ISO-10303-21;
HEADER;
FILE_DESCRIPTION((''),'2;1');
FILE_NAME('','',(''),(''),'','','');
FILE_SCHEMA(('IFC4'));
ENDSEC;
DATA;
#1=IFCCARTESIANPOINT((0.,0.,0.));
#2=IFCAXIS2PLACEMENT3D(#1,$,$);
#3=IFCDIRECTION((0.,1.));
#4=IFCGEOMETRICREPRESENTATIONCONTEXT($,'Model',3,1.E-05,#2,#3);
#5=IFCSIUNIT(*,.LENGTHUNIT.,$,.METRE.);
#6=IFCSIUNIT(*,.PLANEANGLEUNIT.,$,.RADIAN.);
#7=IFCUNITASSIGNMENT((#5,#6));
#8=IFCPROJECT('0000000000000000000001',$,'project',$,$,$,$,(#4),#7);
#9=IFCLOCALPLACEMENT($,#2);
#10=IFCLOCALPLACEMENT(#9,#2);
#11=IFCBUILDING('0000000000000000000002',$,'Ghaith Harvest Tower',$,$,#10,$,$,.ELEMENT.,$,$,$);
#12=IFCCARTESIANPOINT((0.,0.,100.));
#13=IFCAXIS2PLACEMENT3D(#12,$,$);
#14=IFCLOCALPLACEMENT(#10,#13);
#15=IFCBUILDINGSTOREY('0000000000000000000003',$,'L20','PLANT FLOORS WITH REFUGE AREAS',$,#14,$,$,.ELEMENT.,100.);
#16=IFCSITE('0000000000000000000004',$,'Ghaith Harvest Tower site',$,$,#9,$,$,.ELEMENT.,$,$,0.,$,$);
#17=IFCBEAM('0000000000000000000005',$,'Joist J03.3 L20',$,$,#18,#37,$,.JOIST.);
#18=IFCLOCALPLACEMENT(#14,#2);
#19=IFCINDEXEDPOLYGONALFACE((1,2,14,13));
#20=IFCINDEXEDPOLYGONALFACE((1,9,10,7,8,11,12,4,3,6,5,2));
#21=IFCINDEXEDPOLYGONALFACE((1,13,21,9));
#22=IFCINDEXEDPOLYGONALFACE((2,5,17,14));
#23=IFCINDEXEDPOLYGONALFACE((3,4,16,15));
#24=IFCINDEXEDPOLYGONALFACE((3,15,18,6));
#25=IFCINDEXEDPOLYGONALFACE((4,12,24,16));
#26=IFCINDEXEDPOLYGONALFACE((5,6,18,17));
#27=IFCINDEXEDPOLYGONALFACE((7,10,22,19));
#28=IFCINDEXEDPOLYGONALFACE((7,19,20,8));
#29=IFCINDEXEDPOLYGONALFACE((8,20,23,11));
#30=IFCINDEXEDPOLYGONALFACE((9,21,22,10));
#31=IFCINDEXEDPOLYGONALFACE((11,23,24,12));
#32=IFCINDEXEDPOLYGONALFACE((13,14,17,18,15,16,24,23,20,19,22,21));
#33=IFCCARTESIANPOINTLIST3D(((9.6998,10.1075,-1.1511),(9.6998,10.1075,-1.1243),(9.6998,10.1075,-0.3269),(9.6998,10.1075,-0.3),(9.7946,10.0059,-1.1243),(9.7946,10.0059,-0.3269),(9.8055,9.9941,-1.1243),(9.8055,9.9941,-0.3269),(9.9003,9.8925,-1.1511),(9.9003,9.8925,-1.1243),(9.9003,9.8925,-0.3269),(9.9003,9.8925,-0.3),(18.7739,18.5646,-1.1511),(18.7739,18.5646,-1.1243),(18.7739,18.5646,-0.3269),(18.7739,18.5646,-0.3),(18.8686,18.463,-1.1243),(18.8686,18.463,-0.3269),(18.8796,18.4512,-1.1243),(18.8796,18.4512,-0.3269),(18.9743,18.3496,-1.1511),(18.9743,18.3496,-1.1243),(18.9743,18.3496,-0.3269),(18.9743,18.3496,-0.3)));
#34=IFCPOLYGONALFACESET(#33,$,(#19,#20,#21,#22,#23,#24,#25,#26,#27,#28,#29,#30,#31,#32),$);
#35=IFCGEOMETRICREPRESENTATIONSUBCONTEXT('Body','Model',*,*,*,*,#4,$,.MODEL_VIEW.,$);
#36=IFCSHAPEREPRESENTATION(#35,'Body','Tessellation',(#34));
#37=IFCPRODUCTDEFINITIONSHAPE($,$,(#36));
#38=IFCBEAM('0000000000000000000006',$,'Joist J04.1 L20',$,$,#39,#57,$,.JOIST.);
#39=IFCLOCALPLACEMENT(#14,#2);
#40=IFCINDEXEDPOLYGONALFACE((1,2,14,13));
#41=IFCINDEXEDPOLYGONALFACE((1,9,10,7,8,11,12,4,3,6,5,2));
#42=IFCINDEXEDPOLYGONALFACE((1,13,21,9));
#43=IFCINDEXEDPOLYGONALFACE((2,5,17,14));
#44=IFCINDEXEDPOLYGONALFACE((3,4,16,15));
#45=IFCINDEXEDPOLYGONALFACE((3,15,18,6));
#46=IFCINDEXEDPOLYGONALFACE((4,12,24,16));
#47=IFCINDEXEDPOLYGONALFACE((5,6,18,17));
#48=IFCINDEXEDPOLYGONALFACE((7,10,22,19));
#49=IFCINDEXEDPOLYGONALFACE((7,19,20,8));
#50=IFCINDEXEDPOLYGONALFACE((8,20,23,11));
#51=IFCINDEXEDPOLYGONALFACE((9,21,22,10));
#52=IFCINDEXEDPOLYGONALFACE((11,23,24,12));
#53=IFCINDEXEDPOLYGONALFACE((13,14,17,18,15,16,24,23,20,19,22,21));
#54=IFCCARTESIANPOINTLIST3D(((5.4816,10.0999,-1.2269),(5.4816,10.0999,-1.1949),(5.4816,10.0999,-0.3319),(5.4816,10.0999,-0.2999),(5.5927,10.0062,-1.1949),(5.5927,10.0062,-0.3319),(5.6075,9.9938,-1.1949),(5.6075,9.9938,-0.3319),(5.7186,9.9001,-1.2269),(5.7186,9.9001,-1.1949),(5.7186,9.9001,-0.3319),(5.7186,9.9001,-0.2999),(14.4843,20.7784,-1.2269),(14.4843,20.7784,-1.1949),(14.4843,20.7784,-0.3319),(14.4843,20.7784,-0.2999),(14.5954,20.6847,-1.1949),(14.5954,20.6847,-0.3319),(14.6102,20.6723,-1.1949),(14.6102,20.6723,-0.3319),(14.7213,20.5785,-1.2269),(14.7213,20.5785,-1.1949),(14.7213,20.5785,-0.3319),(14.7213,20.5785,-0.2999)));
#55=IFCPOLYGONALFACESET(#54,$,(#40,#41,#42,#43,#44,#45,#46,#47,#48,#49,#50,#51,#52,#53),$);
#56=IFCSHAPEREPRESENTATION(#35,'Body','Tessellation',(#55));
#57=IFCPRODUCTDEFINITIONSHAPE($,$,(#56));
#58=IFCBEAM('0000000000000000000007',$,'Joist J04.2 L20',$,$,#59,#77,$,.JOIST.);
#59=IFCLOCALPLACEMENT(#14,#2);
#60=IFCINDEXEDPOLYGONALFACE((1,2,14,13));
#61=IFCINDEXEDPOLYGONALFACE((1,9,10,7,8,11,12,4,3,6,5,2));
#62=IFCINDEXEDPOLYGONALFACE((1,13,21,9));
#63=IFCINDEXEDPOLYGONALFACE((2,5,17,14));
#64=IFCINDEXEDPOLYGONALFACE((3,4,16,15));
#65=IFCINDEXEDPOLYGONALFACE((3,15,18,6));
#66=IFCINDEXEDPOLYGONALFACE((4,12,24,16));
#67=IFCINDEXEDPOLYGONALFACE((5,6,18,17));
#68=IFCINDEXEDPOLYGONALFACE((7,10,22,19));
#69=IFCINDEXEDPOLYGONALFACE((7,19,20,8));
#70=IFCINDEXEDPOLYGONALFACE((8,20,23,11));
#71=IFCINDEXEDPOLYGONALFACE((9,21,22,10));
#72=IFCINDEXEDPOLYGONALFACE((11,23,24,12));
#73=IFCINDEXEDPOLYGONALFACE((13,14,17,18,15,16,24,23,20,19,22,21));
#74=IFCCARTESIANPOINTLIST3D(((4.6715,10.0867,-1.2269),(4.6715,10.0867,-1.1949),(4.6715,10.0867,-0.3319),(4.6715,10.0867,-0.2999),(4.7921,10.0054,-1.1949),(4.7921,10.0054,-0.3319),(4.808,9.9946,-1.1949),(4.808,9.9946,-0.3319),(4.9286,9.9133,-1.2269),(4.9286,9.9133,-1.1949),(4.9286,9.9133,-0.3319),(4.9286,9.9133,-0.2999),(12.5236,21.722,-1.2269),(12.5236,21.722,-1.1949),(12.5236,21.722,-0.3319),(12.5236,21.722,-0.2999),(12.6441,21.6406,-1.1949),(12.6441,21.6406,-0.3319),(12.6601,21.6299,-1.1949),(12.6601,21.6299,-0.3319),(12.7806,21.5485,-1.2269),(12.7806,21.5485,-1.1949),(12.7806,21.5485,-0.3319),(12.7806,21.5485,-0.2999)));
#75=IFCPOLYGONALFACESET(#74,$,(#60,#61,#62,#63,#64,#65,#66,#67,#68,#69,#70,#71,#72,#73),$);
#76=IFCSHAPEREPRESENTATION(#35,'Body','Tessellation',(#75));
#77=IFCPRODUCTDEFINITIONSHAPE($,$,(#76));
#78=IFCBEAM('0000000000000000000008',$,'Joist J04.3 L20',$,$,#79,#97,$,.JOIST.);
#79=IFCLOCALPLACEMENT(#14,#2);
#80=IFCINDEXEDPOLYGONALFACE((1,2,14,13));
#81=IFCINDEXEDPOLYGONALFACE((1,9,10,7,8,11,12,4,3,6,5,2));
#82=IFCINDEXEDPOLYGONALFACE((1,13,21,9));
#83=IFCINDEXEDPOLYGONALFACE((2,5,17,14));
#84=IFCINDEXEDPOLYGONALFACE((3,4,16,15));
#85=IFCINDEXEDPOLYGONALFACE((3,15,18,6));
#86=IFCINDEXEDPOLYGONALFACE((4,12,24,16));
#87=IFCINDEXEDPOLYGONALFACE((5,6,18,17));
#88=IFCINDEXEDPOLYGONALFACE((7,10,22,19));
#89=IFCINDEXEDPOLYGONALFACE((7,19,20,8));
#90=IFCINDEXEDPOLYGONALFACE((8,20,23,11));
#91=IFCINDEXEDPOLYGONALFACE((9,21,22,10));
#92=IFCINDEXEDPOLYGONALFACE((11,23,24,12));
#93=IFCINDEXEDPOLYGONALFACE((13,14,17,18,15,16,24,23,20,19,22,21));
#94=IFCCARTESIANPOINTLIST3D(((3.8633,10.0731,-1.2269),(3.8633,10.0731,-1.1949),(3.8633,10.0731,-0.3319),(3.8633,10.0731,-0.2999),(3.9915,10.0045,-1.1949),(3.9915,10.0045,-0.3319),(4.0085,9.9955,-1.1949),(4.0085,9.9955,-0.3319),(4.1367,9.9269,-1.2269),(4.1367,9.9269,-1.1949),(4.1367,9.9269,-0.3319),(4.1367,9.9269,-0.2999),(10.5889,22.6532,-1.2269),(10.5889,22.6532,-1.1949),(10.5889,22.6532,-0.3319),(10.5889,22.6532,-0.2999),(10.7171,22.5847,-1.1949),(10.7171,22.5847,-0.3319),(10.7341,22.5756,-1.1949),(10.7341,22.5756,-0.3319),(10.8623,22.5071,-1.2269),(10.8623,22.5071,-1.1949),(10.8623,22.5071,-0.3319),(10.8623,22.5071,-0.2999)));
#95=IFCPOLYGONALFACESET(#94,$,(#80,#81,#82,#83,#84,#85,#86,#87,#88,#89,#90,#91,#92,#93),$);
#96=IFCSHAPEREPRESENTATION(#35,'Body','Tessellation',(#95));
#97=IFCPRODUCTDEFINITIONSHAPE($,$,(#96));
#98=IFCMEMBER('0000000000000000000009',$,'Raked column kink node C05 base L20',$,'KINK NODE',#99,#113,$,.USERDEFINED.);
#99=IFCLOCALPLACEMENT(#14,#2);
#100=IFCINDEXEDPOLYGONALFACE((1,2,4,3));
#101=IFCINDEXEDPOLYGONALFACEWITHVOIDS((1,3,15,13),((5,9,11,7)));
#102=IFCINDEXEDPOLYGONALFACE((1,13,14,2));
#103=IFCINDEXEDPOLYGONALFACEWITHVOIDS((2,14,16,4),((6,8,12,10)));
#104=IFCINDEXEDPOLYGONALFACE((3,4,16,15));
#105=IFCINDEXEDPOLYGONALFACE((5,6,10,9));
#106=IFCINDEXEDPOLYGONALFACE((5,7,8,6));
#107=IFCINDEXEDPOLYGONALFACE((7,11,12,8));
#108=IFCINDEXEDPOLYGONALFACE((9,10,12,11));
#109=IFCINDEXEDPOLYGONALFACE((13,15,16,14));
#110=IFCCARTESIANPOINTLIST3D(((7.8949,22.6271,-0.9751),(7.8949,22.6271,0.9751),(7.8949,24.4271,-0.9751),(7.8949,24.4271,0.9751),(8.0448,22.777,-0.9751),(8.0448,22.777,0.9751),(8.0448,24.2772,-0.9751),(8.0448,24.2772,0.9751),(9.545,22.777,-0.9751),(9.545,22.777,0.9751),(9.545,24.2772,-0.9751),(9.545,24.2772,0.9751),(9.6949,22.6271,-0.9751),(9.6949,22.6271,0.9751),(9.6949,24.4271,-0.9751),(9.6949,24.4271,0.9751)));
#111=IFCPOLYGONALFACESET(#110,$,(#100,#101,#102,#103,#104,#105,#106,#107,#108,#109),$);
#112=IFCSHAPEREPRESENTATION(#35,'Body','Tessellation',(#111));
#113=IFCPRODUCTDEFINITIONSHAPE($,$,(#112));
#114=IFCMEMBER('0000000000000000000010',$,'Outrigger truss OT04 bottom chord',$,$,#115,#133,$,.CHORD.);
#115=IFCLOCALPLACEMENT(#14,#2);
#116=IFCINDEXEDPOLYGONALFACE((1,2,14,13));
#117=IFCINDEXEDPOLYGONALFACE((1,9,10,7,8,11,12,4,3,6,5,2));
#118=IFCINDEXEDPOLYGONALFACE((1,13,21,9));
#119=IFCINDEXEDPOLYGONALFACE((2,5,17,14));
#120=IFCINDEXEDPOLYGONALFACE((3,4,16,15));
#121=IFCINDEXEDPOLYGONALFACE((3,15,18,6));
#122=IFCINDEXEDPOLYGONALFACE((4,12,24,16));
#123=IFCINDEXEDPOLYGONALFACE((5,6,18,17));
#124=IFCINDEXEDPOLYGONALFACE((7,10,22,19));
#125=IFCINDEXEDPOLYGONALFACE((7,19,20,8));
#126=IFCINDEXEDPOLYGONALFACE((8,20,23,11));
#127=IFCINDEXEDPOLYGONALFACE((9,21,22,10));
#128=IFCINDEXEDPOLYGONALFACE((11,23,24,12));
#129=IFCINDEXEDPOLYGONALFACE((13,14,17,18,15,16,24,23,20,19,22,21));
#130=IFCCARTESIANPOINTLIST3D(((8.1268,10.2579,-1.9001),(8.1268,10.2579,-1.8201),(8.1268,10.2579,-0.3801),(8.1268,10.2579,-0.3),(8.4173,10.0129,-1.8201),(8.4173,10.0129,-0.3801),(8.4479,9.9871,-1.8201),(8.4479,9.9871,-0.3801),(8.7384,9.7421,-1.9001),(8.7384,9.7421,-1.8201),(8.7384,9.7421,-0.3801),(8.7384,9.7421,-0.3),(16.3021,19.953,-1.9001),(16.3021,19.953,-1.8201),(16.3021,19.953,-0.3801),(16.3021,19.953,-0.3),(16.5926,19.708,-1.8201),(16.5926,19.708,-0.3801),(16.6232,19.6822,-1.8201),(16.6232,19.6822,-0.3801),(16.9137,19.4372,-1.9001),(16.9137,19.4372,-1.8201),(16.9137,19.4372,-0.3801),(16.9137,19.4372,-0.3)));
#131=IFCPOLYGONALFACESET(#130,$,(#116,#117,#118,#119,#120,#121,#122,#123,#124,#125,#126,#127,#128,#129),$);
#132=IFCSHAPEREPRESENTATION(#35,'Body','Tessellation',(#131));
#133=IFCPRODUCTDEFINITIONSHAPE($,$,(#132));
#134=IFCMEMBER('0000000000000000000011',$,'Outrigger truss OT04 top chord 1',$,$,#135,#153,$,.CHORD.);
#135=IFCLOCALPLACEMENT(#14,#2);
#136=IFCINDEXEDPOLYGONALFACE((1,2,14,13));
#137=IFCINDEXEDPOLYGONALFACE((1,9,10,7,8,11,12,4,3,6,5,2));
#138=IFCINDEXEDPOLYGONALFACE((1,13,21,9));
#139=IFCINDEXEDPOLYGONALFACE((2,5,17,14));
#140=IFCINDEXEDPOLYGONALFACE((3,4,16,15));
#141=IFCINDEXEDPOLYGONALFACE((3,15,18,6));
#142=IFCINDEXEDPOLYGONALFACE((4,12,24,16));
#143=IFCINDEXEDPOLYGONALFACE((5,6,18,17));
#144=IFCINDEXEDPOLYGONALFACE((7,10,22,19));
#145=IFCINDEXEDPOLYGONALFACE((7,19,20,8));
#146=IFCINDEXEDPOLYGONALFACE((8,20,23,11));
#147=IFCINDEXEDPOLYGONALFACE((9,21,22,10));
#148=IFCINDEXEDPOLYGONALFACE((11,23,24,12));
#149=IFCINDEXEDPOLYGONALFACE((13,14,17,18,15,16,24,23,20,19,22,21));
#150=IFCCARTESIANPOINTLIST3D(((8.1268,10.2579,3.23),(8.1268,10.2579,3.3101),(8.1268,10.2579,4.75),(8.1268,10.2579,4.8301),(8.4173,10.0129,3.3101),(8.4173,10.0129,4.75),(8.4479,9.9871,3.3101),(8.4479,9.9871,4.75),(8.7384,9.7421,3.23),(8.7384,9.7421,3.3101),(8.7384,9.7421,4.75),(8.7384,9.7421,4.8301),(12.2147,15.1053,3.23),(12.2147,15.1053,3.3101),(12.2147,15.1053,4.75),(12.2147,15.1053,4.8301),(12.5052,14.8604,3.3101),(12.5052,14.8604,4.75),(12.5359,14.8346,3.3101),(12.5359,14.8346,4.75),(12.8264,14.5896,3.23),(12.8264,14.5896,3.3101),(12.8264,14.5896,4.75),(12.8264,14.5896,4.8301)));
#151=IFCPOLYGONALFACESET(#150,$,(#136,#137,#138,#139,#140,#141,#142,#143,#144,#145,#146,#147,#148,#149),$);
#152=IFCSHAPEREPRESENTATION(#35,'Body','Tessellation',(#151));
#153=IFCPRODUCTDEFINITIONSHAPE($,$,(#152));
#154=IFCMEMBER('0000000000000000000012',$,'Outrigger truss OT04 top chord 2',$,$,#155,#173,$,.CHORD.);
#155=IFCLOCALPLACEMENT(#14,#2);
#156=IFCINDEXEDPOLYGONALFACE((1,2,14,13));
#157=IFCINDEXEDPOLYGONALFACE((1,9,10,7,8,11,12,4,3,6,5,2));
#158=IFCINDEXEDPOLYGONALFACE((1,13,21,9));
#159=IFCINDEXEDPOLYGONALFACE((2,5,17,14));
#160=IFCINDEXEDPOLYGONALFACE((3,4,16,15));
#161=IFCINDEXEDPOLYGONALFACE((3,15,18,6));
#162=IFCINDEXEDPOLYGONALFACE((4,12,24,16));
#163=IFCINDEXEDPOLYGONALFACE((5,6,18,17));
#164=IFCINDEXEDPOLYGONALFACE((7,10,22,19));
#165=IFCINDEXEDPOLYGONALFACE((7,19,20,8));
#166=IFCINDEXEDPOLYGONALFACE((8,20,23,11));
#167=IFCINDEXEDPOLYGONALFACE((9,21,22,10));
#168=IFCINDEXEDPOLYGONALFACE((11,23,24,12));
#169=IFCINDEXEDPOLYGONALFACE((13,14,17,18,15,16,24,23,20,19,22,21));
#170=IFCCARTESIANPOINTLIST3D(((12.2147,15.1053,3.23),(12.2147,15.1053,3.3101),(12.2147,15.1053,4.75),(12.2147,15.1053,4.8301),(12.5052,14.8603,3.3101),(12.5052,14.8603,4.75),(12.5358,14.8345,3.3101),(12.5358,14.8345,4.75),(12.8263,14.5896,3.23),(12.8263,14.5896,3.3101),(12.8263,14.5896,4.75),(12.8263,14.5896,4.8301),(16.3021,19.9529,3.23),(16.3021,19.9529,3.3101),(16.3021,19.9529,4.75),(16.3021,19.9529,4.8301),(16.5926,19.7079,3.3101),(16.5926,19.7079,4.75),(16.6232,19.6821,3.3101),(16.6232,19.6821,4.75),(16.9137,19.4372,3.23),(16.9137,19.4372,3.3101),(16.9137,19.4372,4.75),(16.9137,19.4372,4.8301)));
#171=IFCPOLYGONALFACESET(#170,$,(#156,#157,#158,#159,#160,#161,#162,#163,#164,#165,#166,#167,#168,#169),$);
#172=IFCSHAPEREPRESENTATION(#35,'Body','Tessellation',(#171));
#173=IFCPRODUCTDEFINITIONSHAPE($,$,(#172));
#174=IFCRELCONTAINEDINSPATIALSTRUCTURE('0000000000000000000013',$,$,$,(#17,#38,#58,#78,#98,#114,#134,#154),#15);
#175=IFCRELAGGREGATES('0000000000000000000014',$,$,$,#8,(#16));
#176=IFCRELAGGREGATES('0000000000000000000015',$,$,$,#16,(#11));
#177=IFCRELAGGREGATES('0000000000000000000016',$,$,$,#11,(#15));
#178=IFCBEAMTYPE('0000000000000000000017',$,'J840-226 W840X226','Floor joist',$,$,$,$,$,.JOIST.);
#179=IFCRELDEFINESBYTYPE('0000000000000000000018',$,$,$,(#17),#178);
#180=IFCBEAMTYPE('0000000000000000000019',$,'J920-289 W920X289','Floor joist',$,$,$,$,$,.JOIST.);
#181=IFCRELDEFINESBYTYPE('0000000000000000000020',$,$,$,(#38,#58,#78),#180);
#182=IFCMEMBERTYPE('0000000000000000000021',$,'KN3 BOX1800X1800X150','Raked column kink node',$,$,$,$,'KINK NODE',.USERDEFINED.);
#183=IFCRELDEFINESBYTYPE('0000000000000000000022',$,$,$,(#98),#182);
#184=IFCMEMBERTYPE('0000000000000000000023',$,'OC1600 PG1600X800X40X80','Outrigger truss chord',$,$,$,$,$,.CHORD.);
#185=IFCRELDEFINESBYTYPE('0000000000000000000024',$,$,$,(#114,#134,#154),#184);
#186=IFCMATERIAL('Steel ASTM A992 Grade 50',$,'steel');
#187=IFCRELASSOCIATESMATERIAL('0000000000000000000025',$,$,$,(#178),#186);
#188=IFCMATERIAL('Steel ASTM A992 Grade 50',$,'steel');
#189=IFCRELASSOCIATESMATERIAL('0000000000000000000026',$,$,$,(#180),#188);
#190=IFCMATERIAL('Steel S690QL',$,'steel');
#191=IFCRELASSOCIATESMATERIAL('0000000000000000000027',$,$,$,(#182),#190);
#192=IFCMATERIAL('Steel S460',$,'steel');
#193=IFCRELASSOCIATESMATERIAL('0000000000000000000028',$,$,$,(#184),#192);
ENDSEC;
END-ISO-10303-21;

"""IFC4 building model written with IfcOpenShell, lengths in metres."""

from ifc_helpers import new_model, si_unit, direction, frame, origin, origin_2d, place, context, subcontext, project, spatial, hollow_rectangle, i_section, extrude, material, material_profile, profile_set, type_object, element, save


model = new_model("IFC4")

# Units and contexts
model_context = context("Model", 3, precision=1e-05, world=origin(), true_north=direction((0.0, 1.0)))
body_context = subcontext(model_context, "Body", "Model", "MODEL_VIEW")
ifc_project = project(units=[si_unit("LENGTHUNIT", "METRE"), si_unit("PLANEANGLEUNIT", "RADIAN")], contexts=[model_context])

# Site, building, storey
site_placement = place(None, origin())
site = spatial("IfcSite", under=ifc_project, at=site_placement, Name="Ghaith Harvest Tower site", CompositionType="ELEMENT", RefElevation=0.0)
building_placement = place(site_placement, origin())
building = spatial("IfcBuilding", under=site, at=building_placement, Name="Ghaith Harvest Tower", CompositionType="ELEMENT")
storey_placement = place(building_placement, frame((0.0, 0.0, 100.0)))
storey = spatial("IfcBuildingStorey", under=building, at=storey_placement, Name="L20", Description="PLANT FLOORS WITH REFUGE AREAS", CompositionType="ELEMENT", Elevation=100.0)

# Beams
ifc_material_1 = material(Name="Steel ASTM A992 Grade 50", Category="steel")
ifc_material_profile_1 = material_profile(ifc_material_1, i_section(OverallWidth=0.2939, OverallDepth=0.8511, WebThickness=0.0161, FlangeThickness=0.0269, at=origin_2d()), Name="W840X226")
ifc_profile_set_1 = profile_set([ifc_material_profile_1], Name="Steel ASTM A992 Grade 50")
beam_type_1 = type_object("IfcBeamType", Name="J840-226 W840X226", Description="Floor joist", PredefinedType="JOIST", material=ifc_profile_set_1)
beam_1_placement = place(storey_placement, frame((9.8, 10.0, -0.7256), z_axis=(0.731538, 0.681801, 0.0), x_axis=(-0.681801, 0.731538, 0.0)))
element("IfcBeam", 1, at=beam_1_placement, inside=storey, type_object=beam_type_1, Name="Joist J03.3 L20", PredefinedType="JOIST", context=body_context, shape_type="SweptSolid", body=[
    extrude(i_section(OverallWidth=0.2939, OverallDepth=0.8511, WebThickness=0.0161, FlangeThickness=0.0269, at=origin_2d()), origin(), (0.0, 0.0, 1.0), 12.4041),
])
ifc_material_2 = material(Name="Steel ASTM A992 Grade 50", Category="steel")
ifc_material_profile_2 = material_profile(ifc_material_2, i_section(OverallWidth=0.3101, OverallDepth=0.927, WebThickness=0.0193, FlangeThickness=0.032, at=origin_2d()), Name="W920X289")
ifc_profile_set_2 = profile_set([ifc_material_profile_2], Name="Steel ASTM A992 Grade 50")
beam_type_2 = type_object("IfcBeamType", Name="J920-289 W920X289", Description="Floor joist", PredefinedType="JOIST", material=ifc_profile_set_2)
beam_2_placement = place(storey_placement, frame((5.6001, 10.0, -0.7634), z_axis=(0.644567, 0.764548, 0.0), x_axis=(-0.764548, 0.644567, 0.0)))
element("IfcBeam", 2, at=beam_2_placement, inside=storey, type_object=beam_type_2, Name="Joist J04.1 L20", PredefinedType="JOIST", context=body_context, shape_type="SweptSolid", body=[
    extrude(i_section(OverallWidth=0.3101, OverallDepth=0.927, WebThickness=0.0193, FlangeThickness=0.032, at=origin_2d()), origin(), (0.0, 0.0, 1.0), 13.967),
])
beam_3_placement = place(storey_placement, frame((4.8, 10.0, -0.7634), z_axis=(0.559387, 0.828906, 0.0), x_axis=(-0.828906, 0.559387, 0.0)))
element("IfcBeam", 3, at=beam_3_placement, inside=storey, type_object=beam_type_2, Name="Joist J04.2 L20", PredefinedType="JOIST", context=body_context, shape_type="SweptSolid", body=[
    extrude(i_section(OverallWidth=0.3101, OverallDepth=0.927, WebThickness=0.0193, FlangeThickness=0.032, at=origin_2d()), origin(), (0.0, 0.0, 1.0), 14.0369),
])
beam_4_placement = place(storey_placement, frame((4.0, 10.0, -0.7634), z_axis=(0.471473, 0.881881, 0.0), x_axis=(-0.881881, 0.471473, 0.0)))
element("IfcBeam", 4, at=beam_4_placement, inside=storey, type_object=beam_type_2, Name="Joist J04.3 L20", PredefinedType="JOIST", context=body_context, shape_type="SweptSolid", body=[
    extrude(i_section(OverallWidth=0.3101, OverallDepth=0.927, WebThickness=0.0193, FlangeThickness=0.032, at=origin_2d()), origin(), (0.0, 0.0, 1.0), 14.2651),
])

# Members
ifc_material_3 = material(Name="Steel S690QL", Category="steel")
ifc_material_profile_3 = material_profile(ifc_material_3, hollow_rectangle(XDim=1.8, YDim=1.8, WallThickness=0.1499, at=origin_2d()), Name="BOX1800X1800X150")
ifc_profile_set_3 = profile_set([ifc_material_profile_3], Name="Steel S690QL")
member_type_1 = type_object("IfcMemberType", Name="KN3 BOX1800X1800X150", Description="Raked column kink node", ElementType="KINK NODE", PredefinedType="USERDEFINED", material=ifc_profile_set_3)
member_1_placement = place(storey_placement, frame((8.7949, 23.5271, -0.9751), z_axis=(0.0, 0.0, 1.0), x_axis=(1.0, 0.0, 0.0)))
element("IfcMember", 5, at=member_1_placement, inside=storey, type_object=member_type_1, Name="Raked column kink node C05 base L20", ObjectType="KINK NODE", PredefinedType="USERDEFINED", context=body_context, shape_type="SweptSolid", body=[
    extrude(hollow_rectangle(XDim=1.8, YDim=1.8, WallThickness=0.1499, at=origin_2d()), origin(), (0.0, 0.0, 1.0), 1.9502),
])
ifc_material_4 = material(Name="Steel S460", Category="steel")
ifc_material_profile_4 = material_profile(ifc_material_4, i_section(OverallWidth=0.8, OverallDepth=1.6001, WebThickness=0.04, FlangeThickness=0.0801, at=origin_2d()), Name="PG1600X800X40X80")
ifc_profile_set_4 = profile_set([ifc_material_profile_4], Name="Steel S460")
member_type_2 = type_object("IfcMemberType", Name="OC1600 PG1600X800X40X80", Description="Outrigger truss chord", PredefinedType="CHORD", material=ifc_profile_set_4)
member_2_placement = place(storey_placement, frame((8.4326, 10.0, -1.1001), z_axis=(0.644644, 0.764483, 0.0), x_axis=(-0.764483, 0.644644, 0.0)))
element("IfcMember", 6, at=member_2_placement, inside=storey, type_object=member_type_2, Name="Outrigger truss OT04 bottom chord", PredefinedType="CHORD", context=body_context, shape_type="SweptSolid", body=[
    extrude(i_section(OverallWidth=0.8, OverallDepth=1.6001, WebThickness=0.04, FlangeThickness=0.0801, at=origin_2d()), origin(), (0.0, 0.0, 1.0), 12.6819),
])
member_3_placement = place(storey_placement, frame((8.4326, 10.0, 4.03), z_axis=(0.644676, 0.764456, 0.0), x_axis=(-0.764456, 0.644676, 0.0)))
element("IfcMember", 7, at=member_3_placement, inside=storey, type_object=member_type_2, Name="Outrigger truss OT04 top chord 1", PredefinedType="CHORD", context=body_context, shape_type="SweptSolid", body=[
    extrude(i_section(OverallWidth=0.8, OverallDepth=1.6001, WebThickness=0.04, FlangeThickness=0.0801, at=origin_2d()), origin(), (0.0, 0.0, 1.0), 6.3411),
])
member_4_placement = place(storey_placement, frame((12.5205, 14.8474, 4.03), z_axis=(0.644612, 0.76451, 0.0), x_axis=(-0.76451, 0.644612, 0.0)))
element("IfcMember", 8, at=member_4_placement, inside=storey, type_object=member_type_2, Name="Outrigger truss OT04 top chord 2", PredefinedType="CHORD", context=body_context, shape_type="SweptSolid", body=[
    extrude(i_section(OverallWidth=0.8, OverallDepth=1.6001, WebThickness=0.04, FlangeThickness=0.0801, at=origin_2d()), origin(), (0.0, 0.0, 1.0), 6.3408),
])

save(model, "model.ifc")
